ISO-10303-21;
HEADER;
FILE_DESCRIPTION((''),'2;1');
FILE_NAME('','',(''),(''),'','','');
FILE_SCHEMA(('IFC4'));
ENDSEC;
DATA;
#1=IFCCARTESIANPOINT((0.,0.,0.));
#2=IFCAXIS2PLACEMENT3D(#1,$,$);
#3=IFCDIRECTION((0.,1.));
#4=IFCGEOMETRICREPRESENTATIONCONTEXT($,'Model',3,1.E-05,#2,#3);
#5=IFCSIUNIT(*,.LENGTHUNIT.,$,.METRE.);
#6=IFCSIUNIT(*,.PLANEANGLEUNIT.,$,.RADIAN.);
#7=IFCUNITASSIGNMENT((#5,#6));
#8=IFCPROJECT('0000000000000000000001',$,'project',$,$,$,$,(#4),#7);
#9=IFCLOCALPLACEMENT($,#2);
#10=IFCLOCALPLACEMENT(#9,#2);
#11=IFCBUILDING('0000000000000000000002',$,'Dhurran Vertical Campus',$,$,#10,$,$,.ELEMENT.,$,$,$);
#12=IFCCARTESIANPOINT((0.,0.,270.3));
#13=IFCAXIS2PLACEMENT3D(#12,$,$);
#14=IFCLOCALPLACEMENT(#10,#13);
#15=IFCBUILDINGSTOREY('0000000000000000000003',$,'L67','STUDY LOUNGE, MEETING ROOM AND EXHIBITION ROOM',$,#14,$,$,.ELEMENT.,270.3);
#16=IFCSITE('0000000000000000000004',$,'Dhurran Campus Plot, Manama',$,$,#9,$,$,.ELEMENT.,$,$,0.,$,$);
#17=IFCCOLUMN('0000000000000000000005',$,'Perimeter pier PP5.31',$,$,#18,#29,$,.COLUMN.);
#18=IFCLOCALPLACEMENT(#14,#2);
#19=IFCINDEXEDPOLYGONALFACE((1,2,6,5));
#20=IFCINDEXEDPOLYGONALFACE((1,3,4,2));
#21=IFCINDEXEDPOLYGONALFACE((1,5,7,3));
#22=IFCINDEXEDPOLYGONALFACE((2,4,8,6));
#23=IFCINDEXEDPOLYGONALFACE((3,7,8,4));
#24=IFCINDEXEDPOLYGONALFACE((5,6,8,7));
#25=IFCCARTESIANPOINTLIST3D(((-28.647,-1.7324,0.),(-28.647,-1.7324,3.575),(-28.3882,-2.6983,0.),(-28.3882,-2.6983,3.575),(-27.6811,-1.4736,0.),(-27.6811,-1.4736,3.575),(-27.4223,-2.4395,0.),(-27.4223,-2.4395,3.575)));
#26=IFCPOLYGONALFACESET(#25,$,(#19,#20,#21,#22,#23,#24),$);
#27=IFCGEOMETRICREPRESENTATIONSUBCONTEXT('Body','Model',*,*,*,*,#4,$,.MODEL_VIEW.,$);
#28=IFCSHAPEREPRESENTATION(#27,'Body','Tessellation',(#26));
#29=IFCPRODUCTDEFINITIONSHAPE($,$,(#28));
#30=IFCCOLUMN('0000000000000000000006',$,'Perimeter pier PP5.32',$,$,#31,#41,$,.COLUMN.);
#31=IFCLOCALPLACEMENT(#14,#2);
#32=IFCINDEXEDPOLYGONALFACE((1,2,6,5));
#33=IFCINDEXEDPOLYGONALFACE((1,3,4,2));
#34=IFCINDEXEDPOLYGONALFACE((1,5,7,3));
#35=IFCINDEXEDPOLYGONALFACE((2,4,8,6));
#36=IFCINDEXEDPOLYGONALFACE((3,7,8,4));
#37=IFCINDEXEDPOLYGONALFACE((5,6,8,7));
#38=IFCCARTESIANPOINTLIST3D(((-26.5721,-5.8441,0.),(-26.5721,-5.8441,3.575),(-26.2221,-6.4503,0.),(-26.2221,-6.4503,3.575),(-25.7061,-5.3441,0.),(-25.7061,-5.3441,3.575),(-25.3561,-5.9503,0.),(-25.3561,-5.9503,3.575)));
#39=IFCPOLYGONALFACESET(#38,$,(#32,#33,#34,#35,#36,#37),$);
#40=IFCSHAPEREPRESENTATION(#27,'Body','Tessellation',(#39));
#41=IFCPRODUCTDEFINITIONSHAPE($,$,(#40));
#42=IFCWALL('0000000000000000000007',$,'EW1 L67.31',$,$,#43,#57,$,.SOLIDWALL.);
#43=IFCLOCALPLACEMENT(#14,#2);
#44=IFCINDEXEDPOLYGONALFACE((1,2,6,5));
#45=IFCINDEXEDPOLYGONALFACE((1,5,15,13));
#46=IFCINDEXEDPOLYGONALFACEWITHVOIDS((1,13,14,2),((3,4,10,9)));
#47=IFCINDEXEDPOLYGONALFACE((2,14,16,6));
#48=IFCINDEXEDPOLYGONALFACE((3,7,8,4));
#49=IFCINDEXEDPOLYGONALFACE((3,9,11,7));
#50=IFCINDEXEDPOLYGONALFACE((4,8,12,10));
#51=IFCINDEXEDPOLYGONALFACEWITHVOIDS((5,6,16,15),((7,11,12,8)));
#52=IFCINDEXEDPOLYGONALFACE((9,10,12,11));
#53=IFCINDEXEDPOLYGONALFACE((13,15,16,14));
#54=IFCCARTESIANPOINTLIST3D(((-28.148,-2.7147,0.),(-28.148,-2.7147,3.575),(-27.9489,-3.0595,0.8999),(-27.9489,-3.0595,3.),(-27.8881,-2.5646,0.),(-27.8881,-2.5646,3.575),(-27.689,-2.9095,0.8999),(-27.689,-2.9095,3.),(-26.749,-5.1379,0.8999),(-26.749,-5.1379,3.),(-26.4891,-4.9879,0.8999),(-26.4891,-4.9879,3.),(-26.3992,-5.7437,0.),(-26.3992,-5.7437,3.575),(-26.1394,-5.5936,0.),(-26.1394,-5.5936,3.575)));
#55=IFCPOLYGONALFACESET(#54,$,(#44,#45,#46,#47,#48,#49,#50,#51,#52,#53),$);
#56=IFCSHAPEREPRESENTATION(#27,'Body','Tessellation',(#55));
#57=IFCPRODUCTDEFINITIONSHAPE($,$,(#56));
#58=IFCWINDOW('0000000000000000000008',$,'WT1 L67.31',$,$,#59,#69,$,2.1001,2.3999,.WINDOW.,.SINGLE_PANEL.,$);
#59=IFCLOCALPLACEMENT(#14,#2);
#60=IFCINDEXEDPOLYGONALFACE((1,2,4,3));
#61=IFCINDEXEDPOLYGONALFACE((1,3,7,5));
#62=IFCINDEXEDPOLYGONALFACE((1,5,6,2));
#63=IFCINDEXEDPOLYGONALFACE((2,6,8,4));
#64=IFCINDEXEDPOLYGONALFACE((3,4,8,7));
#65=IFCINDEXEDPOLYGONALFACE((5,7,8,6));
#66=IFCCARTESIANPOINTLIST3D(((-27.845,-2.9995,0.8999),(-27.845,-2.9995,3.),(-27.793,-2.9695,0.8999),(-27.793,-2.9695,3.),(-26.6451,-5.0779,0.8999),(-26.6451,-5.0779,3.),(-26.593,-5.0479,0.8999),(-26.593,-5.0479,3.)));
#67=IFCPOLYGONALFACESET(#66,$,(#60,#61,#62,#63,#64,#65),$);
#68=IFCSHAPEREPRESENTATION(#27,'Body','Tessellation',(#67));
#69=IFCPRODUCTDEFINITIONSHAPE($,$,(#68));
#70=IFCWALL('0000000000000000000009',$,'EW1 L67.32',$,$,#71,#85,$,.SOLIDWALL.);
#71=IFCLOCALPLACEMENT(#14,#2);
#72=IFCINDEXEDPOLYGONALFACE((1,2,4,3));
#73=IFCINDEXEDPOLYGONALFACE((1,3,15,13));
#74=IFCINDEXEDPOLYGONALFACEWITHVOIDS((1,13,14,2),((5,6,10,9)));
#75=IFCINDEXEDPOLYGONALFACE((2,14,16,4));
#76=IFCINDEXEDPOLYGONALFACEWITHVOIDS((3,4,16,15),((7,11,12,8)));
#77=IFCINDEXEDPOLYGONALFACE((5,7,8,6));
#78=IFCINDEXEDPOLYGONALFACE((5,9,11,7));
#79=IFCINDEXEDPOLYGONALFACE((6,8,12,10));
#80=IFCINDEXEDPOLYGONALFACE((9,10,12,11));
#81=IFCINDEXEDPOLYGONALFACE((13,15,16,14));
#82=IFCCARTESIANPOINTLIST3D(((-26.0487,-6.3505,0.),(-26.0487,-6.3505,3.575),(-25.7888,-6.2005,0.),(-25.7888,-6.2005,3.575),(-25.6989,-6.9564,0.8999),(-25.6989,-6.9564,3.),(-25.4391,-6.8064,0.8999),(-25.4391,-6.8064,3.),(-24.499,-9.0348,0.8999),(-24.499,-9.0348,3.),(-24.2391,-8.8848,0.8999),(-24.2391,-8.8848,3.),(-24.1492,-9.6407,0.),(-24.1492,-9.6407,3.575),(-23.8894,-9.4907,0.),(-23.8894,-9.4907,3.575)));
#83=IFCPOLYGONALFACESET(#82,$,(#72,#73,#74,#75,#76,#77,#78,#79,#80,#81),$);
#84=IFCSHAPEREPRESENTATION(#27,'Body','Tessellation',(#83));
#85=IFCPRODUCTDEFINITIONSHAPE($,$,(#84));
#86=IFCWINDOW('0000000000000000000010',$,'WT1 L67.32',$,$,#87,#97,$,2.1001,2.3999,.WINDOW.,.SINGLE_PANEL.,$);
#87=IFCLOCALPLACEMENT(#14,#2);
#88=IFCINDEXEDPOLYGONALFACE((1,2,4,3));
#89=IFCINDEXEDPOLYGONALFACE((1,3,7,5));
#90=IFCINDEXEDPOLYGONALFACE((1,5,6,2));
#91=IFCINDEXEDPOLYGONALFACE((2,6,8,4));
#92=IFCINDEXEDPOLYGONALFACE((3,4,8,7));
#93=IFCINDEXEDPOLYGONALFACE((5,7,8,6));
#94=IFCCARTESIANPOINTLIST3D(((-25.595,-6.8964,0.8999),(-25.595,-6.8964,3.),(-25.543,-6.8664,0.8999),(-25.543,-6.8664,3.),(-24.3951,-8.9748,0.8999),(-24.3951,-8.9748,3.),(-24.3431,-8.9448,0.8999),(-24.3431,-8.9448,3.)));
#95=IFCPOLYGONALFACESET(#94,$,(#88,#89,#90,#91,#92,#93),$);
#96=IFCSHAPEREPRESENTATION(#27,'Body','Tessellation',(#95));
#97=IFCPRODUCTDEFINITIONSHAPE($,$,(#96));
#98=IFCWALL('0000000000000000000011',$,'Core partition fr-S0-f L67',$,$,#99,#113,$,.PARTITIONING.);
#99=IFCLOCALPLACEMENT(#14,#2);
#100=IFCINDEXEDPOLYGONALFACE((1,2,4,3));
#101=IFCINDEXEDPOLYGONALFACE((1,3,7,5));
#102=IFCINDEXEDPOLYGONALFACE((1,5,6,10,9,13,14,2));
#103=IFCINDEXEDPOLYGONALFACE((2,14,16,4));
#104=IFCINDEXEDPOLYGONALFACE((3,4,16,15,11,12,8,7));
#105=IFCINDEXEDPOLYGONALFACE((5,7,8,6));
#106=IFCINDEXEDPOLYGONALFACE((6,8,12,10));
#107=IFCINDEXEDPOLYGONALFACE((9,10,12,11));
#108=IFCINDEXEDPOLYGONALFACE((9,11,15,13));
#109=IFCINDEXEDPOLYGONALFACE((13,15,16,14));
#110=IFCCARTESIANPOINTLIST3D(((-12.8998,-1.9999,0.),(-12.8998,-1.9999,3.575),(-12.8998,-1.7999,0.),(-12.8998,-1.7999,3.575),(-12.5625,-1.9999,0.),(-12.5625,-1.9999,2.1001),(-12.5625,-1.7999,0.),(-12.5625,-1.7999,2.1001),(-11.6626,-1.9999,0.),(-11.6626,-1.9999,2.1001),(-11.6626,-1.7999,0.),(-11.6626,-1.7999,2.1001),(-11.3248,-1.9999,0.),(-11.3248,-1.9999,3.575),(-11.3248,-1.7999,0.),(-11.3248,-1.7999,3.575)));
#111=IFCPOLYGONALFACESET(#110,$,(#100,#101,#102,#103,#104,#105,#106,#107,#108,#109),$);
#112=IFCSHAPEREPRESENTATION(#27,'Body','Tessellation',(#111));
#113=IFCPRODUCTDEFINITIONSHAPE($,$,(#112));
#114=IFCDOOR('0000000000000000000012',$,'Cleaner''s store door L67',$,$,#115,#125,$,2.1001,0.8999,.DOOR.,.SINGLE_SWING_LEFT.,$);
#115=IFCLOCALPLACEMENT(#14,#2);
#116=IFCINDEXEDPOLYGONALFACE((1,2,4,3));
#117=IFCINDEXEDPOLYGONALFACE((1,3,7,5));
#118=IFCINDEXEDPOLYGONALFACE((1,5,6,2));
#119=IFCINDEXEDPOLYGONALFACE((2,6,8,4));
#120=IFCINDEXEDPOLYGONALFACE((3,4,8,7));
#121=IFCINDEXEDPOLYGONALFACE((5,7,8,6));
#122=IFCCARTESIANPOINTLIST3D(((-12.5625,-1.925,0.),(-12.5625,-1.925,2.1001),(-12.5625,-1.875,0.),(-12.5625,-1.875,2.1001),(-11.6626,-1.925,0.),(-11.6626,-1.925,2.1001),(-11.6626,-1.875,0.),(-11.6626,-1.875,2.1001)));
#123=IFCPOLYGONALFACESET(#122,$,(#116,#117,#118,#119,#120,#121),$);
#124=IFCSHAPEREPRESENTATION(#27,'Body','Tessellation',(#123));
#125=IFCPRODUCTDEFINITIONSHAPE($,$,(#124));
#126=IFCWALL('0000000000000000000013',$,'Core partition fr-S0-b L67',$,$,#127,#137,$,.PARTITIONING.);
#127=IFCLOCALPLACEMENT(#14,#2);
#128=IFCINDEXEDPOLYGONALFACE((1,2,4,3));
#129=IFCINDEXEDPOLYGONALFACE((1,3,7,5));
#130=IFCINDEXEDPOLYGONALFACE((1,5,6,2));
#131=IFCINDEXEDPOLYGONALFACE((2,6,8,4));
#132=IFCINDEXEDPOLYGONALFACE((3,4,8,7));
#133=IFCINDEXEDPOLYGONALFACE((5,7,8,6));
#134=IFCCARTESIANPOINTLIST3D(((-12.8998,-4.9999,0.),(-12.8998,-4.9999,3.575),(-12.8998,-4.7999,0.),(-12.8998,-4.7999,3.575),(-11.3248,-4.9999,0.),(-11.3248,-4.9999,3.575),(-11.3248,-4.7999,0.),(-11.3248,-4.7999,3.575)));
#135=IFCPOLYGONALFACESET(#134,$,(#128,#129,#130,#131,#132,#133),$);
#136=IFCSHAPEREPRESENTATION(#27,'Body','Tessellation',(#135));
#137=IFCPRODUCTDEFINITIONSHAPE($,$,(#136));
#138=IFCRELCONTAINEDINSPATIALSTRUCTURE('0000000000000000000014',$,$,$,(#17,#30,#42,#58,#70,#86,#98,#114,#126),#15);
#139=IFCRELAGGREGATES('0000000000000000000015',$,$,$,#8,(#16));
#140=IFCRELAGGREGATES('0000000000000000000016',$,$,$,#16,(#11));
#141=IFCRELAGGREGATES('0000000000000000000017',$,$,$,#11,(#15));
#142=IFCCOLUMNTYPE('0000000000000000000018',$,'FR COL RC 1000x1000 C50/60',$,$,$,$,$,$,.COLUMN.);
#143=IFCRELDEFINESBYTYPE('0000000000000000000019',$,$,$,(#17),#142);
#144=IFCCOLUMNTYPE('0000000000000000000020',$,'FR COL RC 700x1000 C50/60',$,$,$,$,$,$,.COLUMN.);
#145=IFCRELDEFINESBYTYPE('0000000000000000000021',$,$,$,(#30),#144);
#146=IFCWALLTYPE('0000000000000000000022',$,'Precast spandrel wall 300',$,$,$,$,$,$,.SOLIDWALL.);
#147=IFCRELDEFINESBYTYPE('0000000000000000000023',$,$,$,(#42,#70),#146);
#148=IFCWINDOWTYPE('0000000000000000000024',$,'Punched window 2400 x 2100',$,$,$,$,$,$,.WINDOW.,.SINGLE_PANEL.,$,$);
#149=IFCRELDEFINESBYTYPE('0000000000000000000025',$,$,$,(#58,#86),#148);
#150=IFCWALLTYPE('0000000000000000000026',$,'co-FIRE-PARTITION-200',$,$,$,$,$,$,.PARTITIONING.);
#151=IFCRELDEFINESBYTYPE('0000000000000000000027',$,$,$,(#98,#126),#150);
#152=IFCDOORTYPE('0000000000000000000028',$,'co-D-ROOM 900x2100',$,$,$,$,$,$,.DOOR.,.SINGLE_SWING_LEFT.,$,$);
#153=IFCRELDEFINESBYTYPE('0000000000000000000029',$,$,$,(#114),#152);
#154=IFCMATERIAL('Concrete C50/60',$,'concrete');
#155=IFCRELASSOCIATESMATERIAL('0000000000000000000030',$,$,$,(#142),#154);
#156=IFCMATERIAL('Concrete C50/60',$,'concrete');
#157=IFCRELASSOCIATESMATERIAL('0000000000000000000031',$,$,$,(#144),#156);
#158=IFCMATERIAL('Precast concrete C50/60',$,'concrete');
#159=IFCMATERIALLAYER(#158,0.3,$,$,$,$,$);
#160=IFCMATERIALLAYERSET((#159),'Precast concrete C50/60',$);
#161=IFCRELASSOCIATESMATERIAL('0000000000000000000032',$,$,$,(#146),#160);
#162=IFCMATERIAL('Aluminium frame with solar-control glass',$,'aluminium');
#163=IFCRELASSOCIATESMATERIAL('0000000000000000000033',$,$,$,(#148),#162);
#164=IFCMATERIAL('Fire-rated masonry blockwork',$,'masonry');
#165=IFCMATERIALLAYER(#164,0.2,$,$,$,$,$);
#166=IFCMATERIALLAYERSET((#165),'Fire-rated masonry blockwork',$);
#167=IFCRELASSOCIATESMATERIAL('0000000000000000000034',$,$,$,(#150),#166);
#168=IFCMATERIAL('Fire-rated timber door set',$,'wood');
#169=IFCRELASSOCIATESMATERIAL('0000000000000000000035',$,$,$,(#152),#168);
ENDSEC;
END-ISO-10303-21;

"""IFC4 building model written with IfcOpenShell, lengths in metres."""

from ifc_helpers import new_model, si_unit, direction, frame, frame_2d, origin, origin_2d, place, context, subcontext, project, spatial, rectangle, extrude, material, layer, layer_set, material_profile, profile_set, type_object, element, fill, save


model = new_model("IFC4")

# Units and contexts
model_context = context("Model", 3, precision=1e-05, world=origin(), true_north=direction((0.0, 1.0)))
body_context = subcontext(model_context, "Body", "Model", "MODEL_VIEW")
ifc_project = project(units=[si_unit("LENGTHUNIT", "METRE"), si_unit("PLANEANGLEUNIT", "RADIAN")], contexts=[model_context])

# Site, building, storey
site_placement = place(None, origin())
site = spatial("IfcSite", under=ifc_project, at=site_placement, Name="Dhurran Campus Plot, Manama", CompositionType="ELEMENT", RefElevation=0.0)
building_placement = place(site_placement, origin())
building = spatial("IfcBuilding", under=site, at=building_placement, Name="Dhurran Vertical Campus", CompositionType="ELEMENT")
storey_placement = place(building_placement, frame((0.0, 0.0, 270.3)))
storey = spatial("IfcBuildingStorey", under=building, at=storey_placement, Name="L67", Description="STUDY LOUNGE, MEETING ROOM AND EXHIBITION ROOM", CompositionType="ELEMENT", Elevation=270.3)

# Columns
ifc_material_1 = material(Name="Concrete C50/60", Category="concrete")
ifc_material_profile_1 = material_profile(ifc_material_1, rectangle(XDim=1.0, YDim=1.0, at=origin_2d()), Name="RC 1000x1000")
ifc_profile_set_1 = profile_set([ifc_material_profile_1], Name="Concrete C50/60")
column_type_1 = type_object("IfcColumnType", Name="FR COL RC 1000x1000 C50/60", PredefinedType="COLUMN", material=ifc_profile_set_1)
column_1_placement = place(storey_placement, frame((-28.0347, -2.0859, 0.0), z_axis=(0.0, 0.0, 1.0), x_axis=(0.258819, -0.965926, 0.0)))
element("IfcColumn", 1, at=column_1_placement, inside=storey, type_object=column_type_1, Name="Perimeter pier PP5.31", PredefinedType="COLUMN", context=body_context, shape_type="SweptSolid", body=[
    extrude(rectangle(XDim=1.0, YDim=1.0, at=origin_2d()), origin(), (0.0, 0.0, 1.0), 3.575),
])
ifc_material_2 = material(Name="Concrete C50/60", Category="concrete")
ifc_material_profile_2 = material_profile(ifc_material_2, rectangle(XDim=0.7, YDim=1.0, at=origin_2d()), Name="RC 700x1000")
ifc_profile_set_2 = profile_set([ifc_material_profile_2], Name="Concrete C50/60")
column_type_2 = type_object("IfcColumnType", Name="FR COL RC 700x1000 C50/60", PredefinedType="COLUMN", material=ifc_profile_set_2)
column_2_placement = place(storey_placement, frame((-25.9641, -5.8972, 0.0), z_axis=(0.0, 0.0, 1.0), x_axis=(0.5, -0.866025, 0.0)))
element("IfcColumn", 2, at=column_2_placement, inside=storey, type_object=column_type_2, Name="Perimeter pier PP5.32", PredefinedType="COLUMN", context=body_context, shape_type="SweptSolid", body=[
    extrude(rectangle(XDim=0.7, YDim=1.0, at=origin_2d()), origin(), (0.0, 0.0, 1.0), 3.575),
])

# Walls, openings, windows
ifc_material_3 = material(Name="Precast concrete C50/60", Category="concrete")
ifc_layer_1 = layer(ifc_material_3, 0.3)
ifc_layer_set_1 = layer_set([ifc_layer_1], Name="Precast concrete C50/60")
wall_type_1 = type_object("IfcWallType", Name="Precast spandrel wall 300", PredefinedType="SOLIDWALL", material=ifc_layer_set_1)
wall_1_placement = place(storey_placement, frame((-28.0181, -2.6396, 0.0), z_axis=(0.0, 0.0, 1.0), x_axis=(0.49999, -0.866031, 0.0)))
wall_1 = element("IfcWall", 3, at=wall_1_placement, inside=storey, type_object=wall_type_1, Name="EW1 L67.31", PredefinedType="SOLIDWALL", context=body_context, shape_type="SweptSolid", body=[
    extrude(rectangle(XDim=3.4976, YDim=0.3, at=frame_2d((1.7488, 0.0))), origin(), (0.0, 0.0, 1.0), 3.575),
])
opening_1_placement = place(wall_1_placement, frame((0.3982, 0.0, 0.8999)))
opening_1 = element("IfcOpeningElement", 4, at=opening_1_placement, cuts=wall_1, PredefinedType="OPENING", context=body_context, shape_type="SweptSolid", body=[
    extrude(rectangle(XDim=2.3999, YDim=2.1001, at=frame_2d((1.2, 1.05))), frame((0.0, 0.1599, 0.0), z_axis=(0.0, -1.0, 0.0), x_axis=(1.0, 0.0, 0.0)), (0.0, 0.0, 1.0), 0.3201),
])
ifc_material_4 = material(Name="Aluminium frame with solar-control glass", Category="aluminium")
window_type = type_object("IfcWindowType", Name="Punched window 2400 x 2100", PartitioningType="SINGLE_PANEL", PredefinedType="WINDOW", material=ifc_material_4)
window_1_placement = place(opening_1_placement, origin())
window_1 = element("IfcWindow", 5, at=window_1_placement, inside=storey, type_object=window_type, Name="WT1 L67.31", OverallHeight=2.1001, OverallWidth=2.3999, PartitioningType="SINGLE_PANEL", PredefinedType="WINDOW", context=body_context, shape_type="SweptSolid", body=[
    extrude(rectangle(XDim=2.3999, YDim=2.1001, at=frame_2d((1.2, 1.05))), frame((0.0, 0.03, 0.0), z_axis=(0.0, -1.0, 0.0), x_axis=(1.0, 0.0, 0.0)), (0.0, 0.0, 1.0), 0.0601),
])
fill(opening_1, window_1)
wall_2_placement = place(storey_placement, frame((-25.9187, -6.2756, 0.0), z_axis=(0.0, 0.0, 1.0), x_axis=(0.499982, -0.866036, 0.0)))
wall_2 = element("IfcWall", 6, at=wall_2_placement, inside=storey, type_object=wall_type_1, Name="EW1 L67.32", PredefinedType="SOLIDWALL", context=body_context, shape_type="SweptSolid", body=[
    extrude(rectangle(XDim=3.7991, YDim=0.3, at=frame_2d((1.8994, 0.0))), origin(), (0.0, 0.0, 1.0), 3.575),
])
opening_2_placement = place(wall_2_placement, frame((0.6995, 0.0, 0.8999)))
opening_2 = element("IfcOpeningElement", 7, at=opening_2_placement, cuts=wall_2, PredefinedType="OPENING", context=body_context, shape_type="SweptSolid", body=[
    extrude(rectangle(XDim=2.3999, YDim=2.1001, at=frame_2d((1.2, 1.05))), frame((0.0, 0.1599, 0.0), z_axis=(0.0, -1.0, 0.0), x_axis=(1.0, 0.0, 0.0)), (0.0, 0.0, 1.0), 0.3201),
])
window_2_placement = place(opening_2_placement, origin())
window_2 = element("IfcWindow", 8, at=window_2_placement, inside=storey, type_object=window_type, Name="WT1 L67.32", OverallHeight=2.1001, OverallWidth=2.3999, PartitioningType="SINGLE_PANEL", PredefinedType="WINDOW", context=body_context, shape_type="SweptSolid", body=[
    extrude(rectangle(XDim=2.3999, YDim=2.1001, at=frame_2d((1.2, 1.05))), frame((0.0, 0.03, 0.0), z_axis=(0.0, -1.0, 0.0), x_axis=(1.0, 0.0, 0.0)), (0.0, 0.0, 1.0), 0.0601),
])
fill(opening_2, window_2)

# Wall, opening, door
ifc_material_5 = material(Name="Fire-rated masonry blockwork", Category="masonry")
ifc_layer_2 = layer(ifc_material_5, 0.2)
ifc_layer_set_2 = layer_set([ifc_layer_2], Name="Fire-rated masonry blockwork")
wall_type_2 = type_object("IfcWallType", Name="co-FIRE-PARTITION-200", PredefinedType="PARTITIONING", material=ifc_layer_set_2)
wall_3_placement = place(storey_placement, frame((-12.8999, -1.8999, 0.0), z_axis=(0.0, 0.0, 1.0), x_axis=(1.0, 0.0, 0.0)))
wall_3 = element("IfcWall", 9, at=wall_3_placement, inside=storey, type_object=wall_type_2, Name="Core partition fr-S0-f L67", PredefinedType="PARTITIONING", context=body_context, shape_type="SweptSolid", body=[
    extrude(rectangle(XDim=1.575, YDim=0.2, at=frame_2d((0.7876, 0.0))), origin(), (0.0, 0.0, 1.0), 3.575),
])
opening_3_placement = place(wall_3_placement, frame((0.3374, 0.0, 0.0)))
opening_3 = element("IfcOpeningElement", 10, at=opening_3_placement, cuts=wall_3, PredefinedType="OPENING", context=body_context, shape_type="SweptSolid", body=[
    extrude(rectangle(XDim=0.8999, YDim=2.1001, at=frame_2d((0.45, 1.05))), frame((0.0, 0.1099, 0.0), z_axis=(0.0, -1.0, 0.0), x_axis=(1.0, 0.0, 0.0)), (0.0, 0.0, 1.0), 0.22),
])
ifc_material_6 = material(Name="Fire-rated timber door set", Category="wood")
door_type_1 = type_object("IfcDoorType", Name="co-D-ROOM 900x2100", OperationType="SINGLE_SWING_LEFT", PredefinedType="DOOR", material=ifc_material_6)
door_1_placement = place(opening_3_placement, origin())
door_1 = element("IfcDoor", 11, at=door_1_placement, inside=storey, type_object=door_type_1, Name="Cleaner's store door L67", OperationType="SINGLE_SWING_LEFT", OverallHeight=2.1001, OverallWidth=0.8999, PredefinedType="DOOR", context=body_context, shape_type="SweptSolid", body=[
    extrude(rectangle(XDim=0.8999, YDim=2.1001, at=frame_2d((0.45, 1.05))), frame((0.0, 0.0249, 0.0), z_axis=(0.0, -1.0, 0.0), x_axis=(1.0, 0.0, 0.0)), (0.0, 0.0, 1.0), 0.05),
])
fill(opening_3, door_1)

# Wall
wall_4_placement = place(storey_placement, frame((-12.8999, -4.8999, 0.0), z_axis=(0.0, 0.0, 1.0), x_axis=(1.0, 0.0, 0.0)))
element("IfcWall", 12, at=wall_4_placement, inside=storey, type_object=wall_type_2, Name="Core partition fr-S0-b L67", PredefinedType="PARTITIONING", context=body_context, shape_type="SweptSolid", body=[
    extrude(rectangle(XDim=1.575, YDim=0.2, at=frame_2d((0.7876, 0.0))), origin(), (0.0, 0.0, 1.0), 3.575),
])

save(model, "model.ifc")
